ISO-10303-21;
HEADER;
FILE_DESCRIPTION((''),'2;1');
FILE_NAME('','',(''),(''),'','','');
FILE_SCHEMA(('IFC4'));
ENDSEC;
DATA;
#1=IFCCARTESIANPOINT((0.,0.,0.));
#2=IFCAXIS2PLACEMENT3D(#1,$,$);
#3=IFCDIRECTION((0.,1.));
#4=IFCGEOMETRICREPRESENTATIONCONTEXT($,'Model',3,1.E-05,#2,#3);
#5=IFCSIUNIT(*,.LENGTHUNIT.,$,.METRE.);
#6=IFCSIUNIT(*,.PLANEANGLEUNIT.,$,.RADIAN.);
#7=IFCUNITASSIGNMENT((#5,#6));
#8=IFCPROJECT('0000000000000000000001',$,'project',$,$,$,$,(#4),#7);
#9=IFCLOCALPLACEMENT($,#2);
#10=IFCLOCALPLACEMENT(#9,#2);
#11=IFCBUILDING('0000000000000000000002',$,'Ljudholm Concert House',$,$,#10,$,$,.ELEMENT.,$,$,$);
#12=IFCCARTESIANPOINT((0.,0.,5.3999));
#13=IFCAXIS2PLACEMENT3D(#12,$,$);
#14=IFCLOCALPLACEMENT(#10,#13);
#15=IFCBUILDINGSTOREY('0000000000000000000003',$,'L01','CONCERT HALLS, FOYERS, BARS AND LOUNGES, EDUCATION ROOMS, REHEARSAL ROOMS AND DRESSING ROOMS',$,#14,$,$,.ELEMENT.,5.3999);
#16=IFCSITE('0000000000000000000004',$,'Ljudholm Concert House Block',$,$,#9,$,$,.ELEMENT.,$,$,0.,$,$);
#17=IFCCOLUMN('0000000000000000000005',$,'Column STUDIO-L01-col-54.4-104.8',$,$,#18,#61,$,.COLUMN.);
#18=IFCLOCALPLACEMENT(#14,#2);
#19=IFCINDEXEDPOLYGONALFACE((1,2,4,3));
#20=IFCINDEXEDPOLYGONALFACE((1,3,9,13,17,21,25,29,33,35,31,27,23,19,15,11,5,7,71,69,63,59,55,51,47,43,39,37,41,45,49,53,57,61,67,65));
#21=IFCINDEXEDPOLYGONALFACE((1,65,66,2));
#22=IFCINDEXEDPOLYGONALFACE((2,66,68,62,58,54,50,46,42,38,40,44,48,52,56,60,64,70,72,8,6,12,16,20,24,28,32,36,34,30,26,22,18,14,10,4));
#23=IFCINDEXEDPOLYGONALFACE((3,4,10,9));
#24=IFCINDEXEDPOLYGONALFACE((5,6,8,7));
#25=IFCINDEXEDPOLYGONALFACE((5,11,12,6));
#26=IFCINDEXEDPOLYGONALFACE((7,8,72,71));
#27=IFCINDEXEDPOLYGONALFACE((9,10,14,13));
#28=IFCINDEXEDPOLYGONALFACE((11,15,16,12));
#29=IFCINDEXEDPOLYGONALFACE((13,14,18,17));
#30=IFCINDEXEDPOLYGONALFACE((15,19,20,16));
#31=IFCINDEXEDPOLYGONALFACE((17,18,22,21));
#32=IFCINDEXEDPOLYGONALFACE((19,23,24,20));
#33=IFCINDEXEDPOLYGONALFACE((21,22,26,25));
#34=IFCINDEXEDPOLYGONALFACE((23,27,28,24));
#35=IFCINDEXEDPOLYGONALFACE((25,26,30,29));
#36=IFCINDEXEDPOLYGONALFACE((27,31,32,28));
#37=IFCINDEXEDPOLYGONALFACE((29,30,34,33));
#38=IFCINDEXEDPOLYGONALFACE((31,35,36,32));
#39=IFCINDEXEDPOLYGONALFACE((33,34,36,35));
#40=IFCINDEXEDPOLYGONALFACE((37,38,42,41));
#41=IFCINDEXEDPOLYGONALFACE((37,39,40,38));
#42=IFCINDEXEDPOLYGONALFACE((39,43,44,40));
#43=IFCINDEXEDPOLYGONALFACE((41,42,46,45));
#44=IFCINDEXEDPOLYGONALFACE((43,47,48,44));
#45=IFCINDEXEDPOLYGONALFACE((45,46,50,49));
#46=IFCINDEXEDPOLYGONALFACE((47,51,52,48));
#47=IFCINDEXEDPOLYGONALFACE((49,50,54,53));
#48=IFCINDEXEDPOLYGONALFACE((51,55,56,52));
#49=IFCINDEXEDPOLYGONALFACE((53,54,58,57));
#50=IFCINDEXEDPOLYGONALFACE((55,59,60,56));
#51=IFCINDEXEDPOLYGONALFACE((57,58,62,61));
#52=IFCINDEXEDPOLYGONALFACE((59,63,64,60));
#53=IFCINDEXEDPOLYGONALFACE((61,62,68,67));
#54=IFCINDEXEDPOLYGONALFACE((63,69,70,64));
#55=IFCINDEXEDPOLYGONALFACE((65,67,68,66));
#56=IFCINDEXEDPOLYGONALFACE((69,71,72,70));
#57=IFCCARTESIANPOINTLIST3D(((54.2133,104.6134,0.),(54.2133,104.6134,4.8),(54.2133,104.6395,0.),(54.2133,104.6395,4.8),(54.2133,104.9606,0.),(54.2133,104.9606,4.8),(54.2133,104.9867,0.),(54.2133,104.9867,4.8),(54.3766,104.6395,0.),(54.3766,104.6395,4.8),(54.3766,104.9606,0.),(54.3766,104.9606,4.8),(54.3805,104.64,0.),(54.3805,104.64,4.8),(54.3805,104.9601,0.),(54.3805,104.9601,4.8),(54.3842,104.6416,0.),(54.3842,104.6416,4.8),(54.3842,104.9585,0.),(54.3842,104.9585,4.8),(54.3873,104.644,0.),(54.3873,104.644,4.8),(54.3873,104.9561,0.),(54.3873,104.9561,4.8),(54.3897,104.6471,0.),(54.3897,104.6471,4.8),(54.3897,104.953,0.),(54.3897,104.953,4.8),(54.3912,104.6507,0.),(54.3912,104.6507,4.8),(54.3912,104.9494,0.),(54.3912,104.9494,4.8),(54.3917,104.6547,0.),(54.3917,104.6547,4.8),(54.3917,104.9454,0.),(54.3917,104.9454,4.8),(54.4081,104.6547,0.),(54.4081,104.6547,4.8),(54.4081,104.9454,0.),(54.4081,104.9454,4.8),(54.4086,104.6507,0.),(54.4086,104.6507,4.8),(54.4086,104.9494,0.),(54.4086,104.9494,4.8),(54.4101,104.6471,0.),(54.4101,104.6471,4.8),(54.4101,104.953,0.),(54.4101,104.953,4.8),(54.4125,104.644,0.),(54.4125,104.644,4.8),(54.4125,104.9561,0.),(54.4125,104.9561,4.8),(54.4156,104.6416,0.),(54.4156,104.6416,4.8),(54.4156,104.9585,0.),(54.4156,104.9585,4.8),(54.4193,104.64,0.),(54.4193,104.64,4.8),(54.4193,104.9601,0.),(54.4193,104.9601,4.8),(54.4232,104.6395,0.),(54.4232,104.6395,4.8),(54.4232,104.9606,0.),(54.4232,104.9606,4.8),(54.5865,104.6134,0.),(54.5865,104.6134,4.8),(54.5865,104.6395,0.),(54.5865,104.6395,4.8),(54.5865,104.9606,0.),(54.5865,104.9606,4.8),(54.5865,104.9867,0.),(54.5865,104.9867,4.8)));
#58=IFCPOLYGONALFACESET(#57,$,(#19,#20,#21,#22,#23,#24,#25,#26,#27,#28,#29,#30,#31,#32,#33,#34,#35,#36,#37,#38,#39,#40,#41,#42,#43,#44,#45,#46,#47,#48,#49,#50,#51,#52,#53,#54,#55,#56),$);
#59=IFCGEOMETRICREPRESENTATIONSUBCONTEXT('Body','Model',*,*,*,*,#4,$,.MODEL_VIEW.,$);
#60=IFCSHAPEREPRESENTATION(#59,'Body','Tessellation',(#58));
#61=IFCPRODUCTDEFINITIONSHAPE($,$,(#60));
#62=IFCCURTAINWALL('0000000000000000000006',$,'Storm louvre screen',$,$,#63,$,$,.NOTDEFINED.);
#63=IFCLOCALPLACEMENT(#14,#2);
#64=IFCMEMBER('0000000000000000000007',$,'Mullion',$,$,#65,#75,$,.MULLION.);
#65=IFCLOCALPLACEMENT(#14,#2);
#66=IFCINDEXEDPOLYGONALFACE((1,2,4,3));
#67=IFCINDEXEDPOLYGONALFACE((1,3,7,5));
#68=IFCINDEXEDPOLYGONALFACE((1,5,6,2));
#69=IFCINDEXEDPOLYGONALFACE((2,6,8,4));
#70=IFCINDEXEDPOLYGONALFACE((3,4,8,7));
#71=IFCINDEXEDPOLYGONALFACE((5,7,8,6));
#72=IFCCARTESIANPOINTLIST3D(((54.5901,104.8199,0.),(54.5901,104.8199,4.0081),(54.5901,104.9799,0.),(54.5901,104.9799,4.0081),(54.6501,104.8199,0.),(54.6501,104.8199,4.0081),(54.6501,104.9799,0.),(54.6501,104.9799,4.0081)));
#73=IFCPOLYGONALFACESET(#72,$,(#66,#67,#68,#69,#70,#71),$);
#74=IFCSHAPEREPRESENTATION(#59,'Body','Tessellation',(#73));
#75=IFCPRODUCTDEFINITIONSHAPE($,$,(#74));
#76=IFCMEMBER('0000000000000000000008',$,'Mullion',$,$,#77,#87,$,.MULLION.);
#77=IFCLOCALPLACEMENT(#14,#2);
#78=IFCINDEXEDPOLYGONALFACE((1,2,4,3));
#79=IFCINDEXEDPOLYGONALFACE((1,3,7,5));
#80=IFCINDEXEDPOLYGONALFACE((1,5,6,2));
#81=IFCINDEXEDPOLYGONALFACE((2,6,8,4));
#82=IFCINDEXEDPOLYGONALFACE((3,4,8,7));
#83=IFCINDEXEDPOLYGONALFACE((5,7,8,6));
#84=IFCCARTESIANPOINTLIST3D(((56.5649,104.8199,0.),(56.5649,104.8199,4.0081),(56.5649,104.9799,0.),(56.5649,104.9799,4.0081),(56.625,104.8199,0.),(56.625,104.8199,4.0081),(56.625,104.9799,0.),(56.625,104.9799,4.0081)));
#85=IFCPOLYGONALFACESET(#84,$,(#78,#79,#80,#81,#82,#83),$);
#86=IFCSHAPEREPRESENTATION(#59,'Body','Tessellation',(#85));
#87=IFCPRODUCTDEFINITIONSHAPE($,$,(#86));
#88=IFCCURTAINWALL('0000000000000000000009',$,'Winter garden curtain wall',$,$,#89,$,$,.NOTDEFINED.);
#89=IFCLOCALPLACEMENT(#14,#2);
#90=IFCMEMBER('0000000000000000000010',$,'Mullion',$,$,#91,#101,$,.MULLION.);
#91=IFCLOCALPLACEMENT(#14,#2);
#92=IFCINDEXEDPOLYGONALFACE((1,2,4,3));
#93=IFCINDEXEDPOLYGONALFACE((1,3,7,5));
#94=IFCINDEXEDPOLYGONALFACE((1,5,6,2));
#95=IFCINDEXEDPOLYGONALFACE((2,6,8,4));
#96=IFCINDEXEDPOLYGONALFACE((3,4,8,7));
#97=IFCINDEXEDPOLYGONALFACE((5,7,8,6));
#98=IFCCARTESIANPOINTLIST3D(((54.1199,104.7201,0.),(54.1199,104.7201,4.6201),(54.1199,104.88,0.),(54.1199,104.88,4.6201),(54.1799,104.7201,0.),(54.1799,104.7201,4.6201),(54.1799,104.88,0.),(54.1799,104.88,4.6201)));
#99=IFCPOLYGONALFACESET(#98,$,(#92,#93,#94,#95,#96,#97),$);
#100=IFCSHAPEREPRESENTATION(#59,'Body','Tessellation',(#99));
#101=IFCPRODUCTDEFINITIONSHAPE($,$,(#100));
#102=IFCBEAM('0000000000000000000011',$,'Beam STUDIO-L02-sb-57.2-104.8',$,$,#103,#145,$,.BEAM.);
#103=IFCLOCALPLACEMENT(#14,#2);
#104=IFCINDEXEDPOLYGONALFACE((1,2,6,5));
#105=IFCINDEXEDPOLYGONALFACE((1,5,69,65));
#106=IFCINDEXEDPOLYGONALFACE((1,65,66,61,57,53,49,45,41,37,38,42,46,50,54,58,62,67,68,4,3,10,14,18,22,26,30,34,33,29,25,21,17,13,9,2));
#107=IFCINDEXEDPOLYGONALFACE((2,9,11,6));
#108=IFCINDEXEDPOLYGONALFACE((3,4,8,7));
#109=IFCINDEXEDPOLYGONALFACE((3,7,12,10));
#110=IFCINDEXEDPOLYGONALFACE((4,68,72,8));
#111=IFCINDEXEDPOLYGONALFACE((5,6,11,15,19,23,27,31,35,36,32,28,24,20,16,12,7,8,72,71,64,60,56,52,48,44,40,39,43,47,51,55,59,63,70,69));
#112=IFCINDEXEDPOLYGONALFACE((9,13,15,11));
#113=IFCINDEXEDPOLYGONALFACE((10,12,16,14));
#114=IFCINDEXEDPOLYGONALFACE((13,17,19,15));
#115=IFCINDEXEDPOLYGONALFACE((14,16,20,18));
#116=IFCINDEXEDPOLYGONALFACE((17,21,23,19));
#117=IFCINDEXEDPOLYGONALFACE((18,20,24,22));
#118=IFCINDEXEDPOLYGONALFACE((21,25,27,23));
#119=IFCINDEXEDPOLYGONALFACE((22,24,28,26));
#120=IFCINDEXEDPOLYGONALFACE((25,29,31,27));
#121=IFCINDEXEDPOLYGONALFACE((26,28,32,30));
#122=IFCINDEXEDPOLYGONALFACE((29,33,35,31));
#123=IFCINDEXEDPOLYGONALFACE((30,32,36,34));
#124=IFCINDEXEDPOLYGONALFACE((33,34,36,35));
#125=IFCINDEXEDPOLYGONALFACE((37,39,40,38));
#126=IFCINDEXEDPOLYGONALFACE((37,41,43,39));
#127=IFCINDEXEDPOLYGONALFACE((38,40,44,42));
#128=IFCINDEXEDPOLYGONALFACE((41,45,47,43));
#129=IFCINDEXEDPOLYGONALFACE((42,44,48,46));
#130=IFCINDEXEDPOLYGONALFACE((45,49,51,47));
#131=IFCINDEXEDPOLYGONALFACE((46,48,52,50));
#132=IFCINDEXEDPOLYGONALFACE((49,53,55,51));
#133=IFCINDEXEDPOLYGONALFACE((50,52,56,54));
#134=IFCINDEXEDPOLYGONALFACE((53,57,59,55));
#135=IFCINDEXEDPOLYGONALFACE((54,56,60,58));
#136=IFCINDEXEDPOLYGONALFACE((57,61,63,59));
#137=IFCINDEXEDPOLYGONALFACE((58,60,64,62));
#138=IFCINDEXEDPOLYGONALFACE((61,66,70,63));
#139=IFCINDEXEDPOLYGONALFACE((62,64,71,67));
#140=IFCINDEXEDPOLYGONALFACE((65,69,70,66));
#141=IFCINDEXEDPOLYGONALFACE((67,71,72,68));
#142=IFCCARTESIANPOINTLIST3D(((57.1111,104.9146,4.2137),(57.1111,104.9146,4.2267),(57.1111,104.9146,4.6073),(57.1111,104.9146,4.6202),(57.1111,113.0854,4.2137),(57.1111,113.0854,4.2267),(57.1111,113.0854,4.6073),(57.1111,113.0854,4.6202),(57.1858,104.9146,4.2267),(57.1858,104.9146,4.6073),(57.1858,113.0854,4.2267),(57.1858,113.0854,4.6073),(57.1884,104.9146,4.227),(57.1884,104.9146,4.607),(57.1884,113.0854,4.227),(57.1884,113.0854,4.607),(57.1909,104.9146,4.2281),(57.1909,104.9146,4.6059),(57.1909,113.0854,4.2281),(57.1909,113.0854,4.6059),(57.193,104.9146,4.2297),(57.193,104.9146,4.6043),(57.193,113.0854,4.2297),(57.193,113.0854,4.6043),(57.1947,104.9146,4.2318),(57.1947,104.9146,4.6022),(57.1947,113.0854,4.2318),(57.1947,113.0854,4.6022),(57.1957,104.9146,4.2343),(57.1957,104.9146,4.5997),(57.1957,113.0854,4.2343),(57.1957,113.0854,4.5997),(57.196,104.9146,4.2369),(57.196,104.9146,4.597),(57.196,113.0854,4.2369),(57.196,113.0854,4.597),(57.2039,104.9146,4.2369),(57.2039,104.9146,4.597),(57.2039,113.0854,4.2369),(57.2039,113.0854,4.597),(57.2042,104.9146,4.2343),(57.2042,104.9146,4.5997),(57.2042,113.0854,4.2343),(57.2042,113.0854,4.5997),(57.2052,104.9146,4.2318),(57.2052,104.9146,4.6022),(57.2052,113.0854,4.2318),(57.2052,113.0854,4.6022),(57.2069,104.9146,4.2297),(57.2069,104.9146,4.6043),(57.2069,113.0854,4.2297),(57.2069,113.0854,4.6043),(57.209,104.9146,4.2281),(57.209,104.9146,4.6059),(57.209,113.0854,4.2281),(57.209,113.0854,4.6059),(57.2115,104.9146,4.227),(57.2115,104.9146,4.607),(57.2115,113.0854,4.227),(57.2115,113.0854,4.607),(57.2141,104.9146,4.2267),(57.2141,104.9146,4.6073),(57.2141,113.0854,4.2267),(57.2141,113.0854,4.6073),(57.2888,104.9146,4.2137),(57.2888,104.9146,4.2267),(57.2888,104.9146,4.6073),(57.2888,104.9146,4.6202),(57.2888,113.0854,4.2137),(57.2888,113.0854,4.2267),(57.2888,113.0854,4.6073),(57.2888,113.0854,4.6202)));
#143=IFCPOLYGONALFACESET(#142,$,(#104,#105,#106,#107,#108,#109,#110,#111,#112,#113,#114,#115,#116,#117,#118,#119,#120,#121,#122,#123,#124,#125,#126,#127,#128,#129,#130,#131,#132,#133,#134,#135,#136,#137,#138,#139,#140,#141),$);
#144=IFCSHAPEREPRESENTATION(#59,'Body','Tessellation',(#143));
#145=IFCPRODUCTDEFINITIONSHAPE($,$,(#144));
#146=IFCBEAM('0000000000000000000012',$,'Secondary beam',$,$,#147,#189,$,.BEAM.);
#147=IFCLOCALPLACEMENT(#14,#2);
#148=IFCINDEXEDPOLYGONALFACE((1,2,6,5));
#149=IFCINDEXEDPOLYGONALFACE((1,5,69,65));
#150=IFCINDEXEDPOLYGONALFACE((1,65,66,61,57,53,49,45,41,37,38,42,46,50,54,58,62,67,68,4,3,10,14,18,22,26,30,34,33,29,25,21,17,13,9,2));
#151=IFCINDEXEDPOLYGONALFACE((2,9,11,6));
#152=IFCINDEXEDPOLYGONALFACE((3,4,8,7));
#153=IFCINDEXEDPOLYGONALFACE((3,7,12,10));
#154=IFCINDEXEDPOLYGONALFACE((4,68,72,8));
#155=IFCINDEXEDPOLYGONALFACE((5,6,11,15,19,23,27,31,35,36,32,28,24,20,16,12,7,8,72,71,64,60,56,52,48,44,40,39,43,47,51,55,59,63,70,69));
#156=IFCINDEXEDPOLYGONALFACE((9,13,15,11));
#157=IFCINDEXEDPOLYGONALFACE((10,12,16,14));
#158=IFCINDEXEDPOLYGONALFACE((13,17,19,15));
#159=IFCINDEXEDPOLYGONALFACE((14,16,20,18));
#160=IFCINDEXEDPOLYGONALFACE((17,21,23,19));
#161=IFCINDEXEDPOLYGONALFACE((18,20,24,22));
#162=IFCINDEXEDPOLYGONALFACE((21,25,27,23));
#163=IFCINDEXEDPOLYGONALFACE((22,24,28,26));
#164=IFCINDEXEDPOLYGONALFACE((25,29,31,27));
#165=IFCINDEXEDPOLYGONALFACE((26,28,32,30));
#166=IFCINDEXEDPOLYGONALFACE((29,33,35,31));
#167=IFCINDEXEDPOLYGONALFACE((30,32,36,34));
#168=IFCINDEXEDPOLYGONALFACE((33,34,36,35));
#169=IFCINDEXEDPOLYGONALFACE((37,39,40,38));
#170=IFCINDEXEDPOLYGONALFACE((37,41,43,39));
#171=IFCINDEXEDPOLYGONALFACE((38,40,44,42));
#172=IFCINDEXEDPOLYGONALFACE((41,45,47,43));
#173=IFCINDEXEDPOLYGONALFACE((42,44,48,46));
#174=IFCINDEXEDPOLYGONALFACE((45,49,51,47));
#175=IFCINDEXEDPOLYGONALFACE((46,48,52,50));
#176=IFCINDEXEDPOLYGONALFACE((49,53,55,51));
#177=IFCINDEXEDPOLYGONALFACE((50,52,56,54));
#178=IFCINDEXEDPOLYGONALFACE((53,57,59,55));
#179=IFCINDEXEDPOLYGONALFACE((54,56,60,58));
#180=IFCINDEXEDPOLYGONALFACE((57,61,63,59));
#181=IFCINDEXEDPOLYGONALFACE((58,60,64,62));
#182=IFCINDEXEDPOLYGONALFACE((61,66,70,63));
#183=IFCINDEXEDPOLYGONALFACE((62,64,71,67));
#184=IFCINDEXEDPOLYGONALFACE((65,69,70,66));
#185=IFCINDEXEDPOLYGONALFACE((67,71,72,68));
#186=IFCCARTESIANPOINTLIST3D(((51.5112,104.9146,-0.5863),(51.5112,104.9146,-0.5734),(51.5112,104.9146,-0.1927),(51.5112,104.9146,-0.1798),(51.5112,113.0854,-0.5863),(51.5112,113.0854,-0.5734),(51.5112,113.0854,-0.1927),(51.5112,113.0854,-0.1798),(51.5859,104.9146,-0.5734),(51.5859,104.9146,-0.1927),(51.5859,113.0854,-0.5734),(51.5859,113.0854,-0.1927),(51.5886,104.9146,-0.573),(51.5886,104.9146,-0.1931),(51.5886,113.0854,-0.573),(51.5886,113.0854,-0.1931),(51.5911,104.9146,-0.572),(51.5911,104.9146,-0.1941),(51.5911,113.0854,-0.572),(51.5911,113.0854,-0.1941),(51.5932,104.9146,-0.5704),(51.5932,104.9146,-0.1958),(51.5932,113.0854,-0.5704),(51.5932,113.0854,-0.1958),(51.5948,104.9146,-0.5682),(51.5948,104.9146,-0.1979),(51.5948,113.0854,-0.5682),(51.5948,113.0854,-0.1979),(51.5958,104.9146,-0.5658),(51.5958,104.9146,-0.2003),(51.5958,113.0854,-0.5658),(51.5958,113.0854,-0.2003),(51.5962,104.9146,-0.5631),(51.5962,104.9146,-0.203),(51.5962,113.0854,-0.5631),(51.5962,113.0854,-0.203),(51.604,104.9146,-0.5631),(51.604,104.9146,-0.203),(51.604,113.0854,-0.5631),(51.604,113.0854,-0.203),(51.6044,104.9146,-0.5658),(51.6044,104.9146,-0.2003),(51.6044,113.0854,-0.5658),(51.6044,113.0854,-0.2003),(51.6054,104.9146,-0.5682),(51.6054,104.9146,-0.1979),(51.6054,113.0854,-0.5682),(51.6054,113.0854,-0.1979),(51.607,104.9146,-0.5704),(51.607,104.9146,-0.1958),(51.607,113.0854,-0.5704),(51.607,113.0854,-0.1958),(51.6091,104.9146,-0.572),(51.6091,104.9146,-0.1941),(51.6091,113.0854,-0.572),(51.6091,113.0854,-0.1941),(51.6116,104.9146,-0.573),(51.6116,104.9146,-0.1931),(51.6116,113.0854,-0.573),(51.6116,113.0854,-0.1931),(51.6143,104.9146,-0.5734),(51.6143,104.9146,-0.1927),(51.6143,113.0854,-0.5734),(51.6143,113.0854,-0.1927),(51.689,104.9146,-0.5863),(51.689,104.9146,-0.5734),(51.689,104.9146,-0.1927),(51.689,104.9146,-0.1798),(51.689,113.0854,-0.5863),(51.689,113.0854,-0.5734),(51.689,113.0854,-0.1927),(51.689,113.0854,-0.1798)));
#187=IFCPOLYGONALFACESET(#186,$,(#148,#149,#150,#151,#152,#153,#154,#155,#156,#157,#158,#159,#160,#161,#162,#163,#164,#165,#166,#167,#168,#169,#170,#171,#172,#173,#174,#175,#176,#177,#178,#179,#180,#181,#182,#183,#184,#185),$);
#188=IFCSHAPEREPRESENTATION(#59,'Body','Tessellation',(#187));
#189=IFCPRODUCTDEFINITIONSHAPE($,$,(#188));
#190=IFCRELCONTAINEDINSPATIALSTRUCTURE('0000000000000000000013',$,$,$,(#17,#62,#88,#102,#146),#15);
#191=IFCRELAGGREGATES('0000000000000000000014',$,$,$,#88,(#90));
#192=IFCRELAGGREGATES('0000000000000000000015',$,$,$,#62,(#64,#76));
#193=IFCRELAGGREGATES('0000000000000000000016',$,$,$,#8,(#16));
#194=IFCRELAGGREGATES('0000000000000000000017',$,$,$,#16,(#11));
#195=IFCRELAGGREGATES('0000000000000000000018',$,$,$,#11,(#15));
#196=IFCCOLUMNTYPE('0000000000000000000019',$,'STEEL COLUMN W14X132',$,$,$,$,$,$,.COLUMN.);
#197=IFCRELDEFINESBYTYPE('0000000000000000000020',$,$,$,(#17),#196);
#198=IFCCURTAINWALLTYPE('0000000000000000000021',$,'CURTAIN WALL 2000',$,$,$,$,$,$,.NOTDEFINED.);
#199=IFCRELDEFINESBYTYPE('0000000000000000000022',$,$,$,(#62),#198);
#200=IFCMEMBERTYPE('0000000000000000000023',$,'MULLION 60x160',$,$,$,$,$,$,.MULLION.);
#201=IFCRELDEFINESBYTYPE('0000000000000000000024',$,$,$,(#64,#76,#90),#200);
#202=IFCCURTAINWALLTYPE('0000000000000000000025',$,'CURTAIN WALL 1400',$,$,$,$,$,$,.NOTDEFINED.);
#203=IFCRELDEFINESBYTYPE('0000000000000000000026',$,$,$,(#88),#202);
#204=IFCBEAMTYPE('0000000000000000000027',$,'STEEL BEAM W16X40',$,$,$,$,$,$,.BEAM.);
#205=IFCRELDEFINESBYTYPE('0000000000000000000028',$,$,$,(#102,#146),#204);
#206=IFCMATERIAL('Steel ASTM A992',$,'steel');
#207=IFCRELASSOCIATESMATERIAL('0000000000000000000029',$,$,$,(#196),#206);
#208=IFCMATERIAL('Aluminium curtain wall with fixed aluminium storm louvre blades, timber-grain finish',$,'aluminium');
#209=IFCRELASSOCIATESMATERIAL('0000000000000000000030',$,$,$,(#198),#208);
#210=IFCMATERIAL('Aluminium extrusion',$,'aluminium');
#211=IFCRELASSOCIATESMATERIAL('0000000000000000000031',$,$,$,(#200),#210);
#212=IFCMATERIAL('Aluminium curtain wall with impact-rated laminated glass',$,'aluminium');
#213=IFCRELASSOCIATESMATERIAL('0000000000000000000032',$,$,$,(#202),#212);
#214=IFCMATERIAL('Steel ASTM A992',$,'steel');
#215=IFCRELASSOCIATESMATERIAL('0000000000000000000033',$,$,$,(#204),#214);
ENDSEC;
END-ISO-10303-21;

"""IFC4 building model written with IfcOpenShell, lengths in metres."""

from ifc_helpers import new_model, si_unit, direction, frame, origin, origin_2d, place, context, subcontext, project, spatial, rectangle, i_section, extrude, material, material_profile, profile_set, type_object, element, aggregate, save


model = new_model("IFC4")

# Units and contexts
model_context = context("Model", 3, precision=1e-05, world=origin(), true_north=direction((0.0, 1.0)))
body_context = subcontext(model_context, "Body", "Model", "MODEL_VIEW")
ifc_project = project(units=[si_unit("LENGTHUNIT", "METRE"), si_unit("PLANEANGLEUNIT", "RADIAN")], contexts=[model_context])

# Site, building, storey
site_placement = place(None, origin())
site = spatial("IfcSite", under=ifc_project, at=site_placement, Name="Ljudholm Concert House Block", CompositionType="ELEMENT", RefElevation=0.0)
building_placement = place(site_placement, origin())
building = spatial("IfcBuilding", under=site, at=building_placement, Name="Ljudholm Concert House", CompositionType="ELEMENT")
storey_placement = place(building_placement, frame((0.0, 0.0, 5.3999)))
storey = spatial("IfcBuildingStorey", under=building, at=storey_placement, Name="L01", Description="CONCERT HALLS, FOYERS, BARS AND LOUNGES, EDUCATION ROOMS, REHEARSAL ROOMS AND DRESSING ROOMS", CompositionType="ELEMENT", Elevation=5.3999)

# Column
ifc_material_1 = material(Name="Steel ASTM A992", Category="steel")
ifc_material_profile_1 = material_profile(ifc_material_1, i_section(OverallWidth=0.3733, OverallDepth=0.3733, WebThickness=0.0164, FlangeThickness=0.0261, FilletRadius=0.0151, at=origin_2d()), Name="W14X132")
ifc_profile_set_1 = profile_set([ifc_material_profile_1], Name="Steel ASTM A992")
column_type = type_object("IfcColumnType", Name="STEEL COLUMN W14X132", PredefinedType="COLUMN", material=ifc_profile_set_1)
column_placement = place(storey_placement, frame((54.3999, 104.8, 0.0), z_axis=(0.0, 0.0, 1.0), x_axis=(1.0, 0.0, 0.0)))
element("IfcColumn", 1, at=column_placement, inside=storey, type_object=column_type, Name="Column STUDIO-L01-col-54.4-104.8", PredefinedType="COLUMN", context=body_context, shape_type="SweptSolid", body=[
    extrude(i_section(OverallWidth=0.3733, OverallDepth=0.3733, WebThickness=0.0164, FlangeThickness=0.0261, FilletRadius=0.0151, at=origin_2d()), origin(), (0.0, 0.0, 1.0), 4.8),
])

# Curtain wall, members
ifc_material_2 = material(Name="Aluminium curtain wall with fixed aluminium storm louvre blades, timber-grain finish", Category="aluminium")
curtain_wall_type_1 = type_object("IfcCurtainWallType", Name="CURTAIN WALL 2000", PredefinedType="NOTDEFINED", material=ifc_material_2)
curtain_wall_1_placement = place(storey_placement, origin())
curtain_wall_1 = element("IfcCurtainWall", 2, at=curtain_wall_1_placement, inside=storey, type_object=curtain_wall_type_1, Name="Storm louvre screen", PredefinedType="NOTDEFINED")
ifc_material_3 = material(Name="Aluminium extrusion", Category="aluminium")
ifc_material_profile_2 = material_profile(ifc_material_3, rectangle(XDim=0.1599, YDim=0.0601, at=origin_2d()), Name="MULLION 60x160")
ifc_profile_set_2 = profile_set([ifc_material_profile_2], Name="Aluminium extrusion")
member_type_1 = type_object("IfcMemberType", Name="MULLION 60x160", PredefinedType="MULLION", material=ifc_profile_set_2)
member_1_placement = place(storey_placement, frame((54.6201, 104.8999, 0.0), z_axis=(0.0, 0.0, 1.0), x_axis=(0.0, 1.0, 0.0)))
member_1 = element("IfcMember", 3, at=member_1_placement, type_object=member_type_1, Name="Mullion", PredefinedType="MULLION", context=body_context, shape_type="SweptSolid", body=[
    extrude(rectangle(XDim=0.1599, YDim=0.0601, at=origin_2d()), origin(), (0.0, 0.0, 1.0), 4.0081),
])
member_2_placement = place(storey_placement, frame((56.595, 104.8999, 0.0), z_axis=(0.0, 0.0, 1.0), x_axis=(0.0, 1.0, 0.0)))
member_2 = element("IfcMember", 4, at=member_2_placement, type_object=member_type_1, Name="Mullion", PredefinedType="MULLION", context=body_context, shape_type="SweptSolid", body=[
    extrude(rectangle(XDim=0.1599, YDim=0.0601, at=origin_2d()), origin(), (0.0, 0.0, 1.0), 4.0081),
])

# Curtain wall, member
ifc_material_4 = material(Name="Aluminium curtain wall with impact-rated laminated glass", Category="aluminium")
curtain_wall_type_2 = type_object("IfcCurtainWallType", Name="CURTAIN WALL 1400", PredefinedType="NOTDEFINED", material=ifc_material_4)
curtain_wall_2_placement = place(storey_placement, origin())
curtain_wall_2 = element("IfcCurtainWall", 5, at=curtain_wall_2_placement, inside=storey, type_object=curtain_wall_type_2, Name="Winter garden curtain wall", PredefinedType="NOTDEFINED")
member_3_placement = place(storey_placement, frame((54.1499, 104.8, 0.0), z_axis=(0.0, 0.0, 1.0), x_axis=(0.0, 1.0, 0.0)))
member_3 = element("IfcMember", 6, at=member_3_placement, type_object=member_type_1, Name="Mullion", PredefinedType="MULLION", context=body_context, shape_type="SweptSolid", body=[
    extrude(rectangle(XDim=0.1599, YDim=0.0601, at=origin_2d()), origin(), (0.0, 0.0, 1.0), 4.6201),
])

# Beams
ifc_material_5 = material(Name="Steel ASTM A992", Category="steel")
ifc_material_profile_3 = material_profile(ifc_material_5, i_section(OverallWidth=0.1777, OverallDepth=0.4065, WebThickness=0.0078, FlangeThickness=0.0129, FilletRadius=0.0103, at=origin_2d()), Name="W16X40")
ifc_profile_set_3 = profile_set([ifc_material_profile_3], Name="Steel ASTM A992")
beam_type_1 = type_object("IfcBeamType", Name="STEEL BEAM W16X40", PredefinedType="BEAM", material=ifc_profile_set_3)
for number, where, z_axis, x_axis, name in (
    (7, (57.2, 104.9146, 4.417), (0.0, 1.0, 0.0), (-1.0, 0.0, 0.0), "Beam STUDIO-L02-sb-57.2-104.8"),
    (8, (51.6001, 104.9146, -0.3831), (0.0, 1.0, 0.0), (-1.0, 0.0, 0.0), "Secondary beam"),
):
    element("IfcBeam", number, at=place(storey_placement, frame(where, z_axis=z_axis, x_axis=x_axis)), inside=storey, type_object=beam_type_1, Name=name, PredefinedType="BEAM", context=body_context, shape_type="SweptSolid", body=[
        extrude(i_section(OverallWidth=0.1777, OverallDepth=0.4065, WebThickness=0.0078, FlangeThickness=0.0129, FilletRadius=0.0103, at=origin_2d()), origin(), (0.0, 0.0, 1.0), 8.1709),
    ])

aggregate(curtain_wall_2, [member_3])
aggregate(curtain_wall_1, [member_1, member_2])

save(model, "model.ifc")
